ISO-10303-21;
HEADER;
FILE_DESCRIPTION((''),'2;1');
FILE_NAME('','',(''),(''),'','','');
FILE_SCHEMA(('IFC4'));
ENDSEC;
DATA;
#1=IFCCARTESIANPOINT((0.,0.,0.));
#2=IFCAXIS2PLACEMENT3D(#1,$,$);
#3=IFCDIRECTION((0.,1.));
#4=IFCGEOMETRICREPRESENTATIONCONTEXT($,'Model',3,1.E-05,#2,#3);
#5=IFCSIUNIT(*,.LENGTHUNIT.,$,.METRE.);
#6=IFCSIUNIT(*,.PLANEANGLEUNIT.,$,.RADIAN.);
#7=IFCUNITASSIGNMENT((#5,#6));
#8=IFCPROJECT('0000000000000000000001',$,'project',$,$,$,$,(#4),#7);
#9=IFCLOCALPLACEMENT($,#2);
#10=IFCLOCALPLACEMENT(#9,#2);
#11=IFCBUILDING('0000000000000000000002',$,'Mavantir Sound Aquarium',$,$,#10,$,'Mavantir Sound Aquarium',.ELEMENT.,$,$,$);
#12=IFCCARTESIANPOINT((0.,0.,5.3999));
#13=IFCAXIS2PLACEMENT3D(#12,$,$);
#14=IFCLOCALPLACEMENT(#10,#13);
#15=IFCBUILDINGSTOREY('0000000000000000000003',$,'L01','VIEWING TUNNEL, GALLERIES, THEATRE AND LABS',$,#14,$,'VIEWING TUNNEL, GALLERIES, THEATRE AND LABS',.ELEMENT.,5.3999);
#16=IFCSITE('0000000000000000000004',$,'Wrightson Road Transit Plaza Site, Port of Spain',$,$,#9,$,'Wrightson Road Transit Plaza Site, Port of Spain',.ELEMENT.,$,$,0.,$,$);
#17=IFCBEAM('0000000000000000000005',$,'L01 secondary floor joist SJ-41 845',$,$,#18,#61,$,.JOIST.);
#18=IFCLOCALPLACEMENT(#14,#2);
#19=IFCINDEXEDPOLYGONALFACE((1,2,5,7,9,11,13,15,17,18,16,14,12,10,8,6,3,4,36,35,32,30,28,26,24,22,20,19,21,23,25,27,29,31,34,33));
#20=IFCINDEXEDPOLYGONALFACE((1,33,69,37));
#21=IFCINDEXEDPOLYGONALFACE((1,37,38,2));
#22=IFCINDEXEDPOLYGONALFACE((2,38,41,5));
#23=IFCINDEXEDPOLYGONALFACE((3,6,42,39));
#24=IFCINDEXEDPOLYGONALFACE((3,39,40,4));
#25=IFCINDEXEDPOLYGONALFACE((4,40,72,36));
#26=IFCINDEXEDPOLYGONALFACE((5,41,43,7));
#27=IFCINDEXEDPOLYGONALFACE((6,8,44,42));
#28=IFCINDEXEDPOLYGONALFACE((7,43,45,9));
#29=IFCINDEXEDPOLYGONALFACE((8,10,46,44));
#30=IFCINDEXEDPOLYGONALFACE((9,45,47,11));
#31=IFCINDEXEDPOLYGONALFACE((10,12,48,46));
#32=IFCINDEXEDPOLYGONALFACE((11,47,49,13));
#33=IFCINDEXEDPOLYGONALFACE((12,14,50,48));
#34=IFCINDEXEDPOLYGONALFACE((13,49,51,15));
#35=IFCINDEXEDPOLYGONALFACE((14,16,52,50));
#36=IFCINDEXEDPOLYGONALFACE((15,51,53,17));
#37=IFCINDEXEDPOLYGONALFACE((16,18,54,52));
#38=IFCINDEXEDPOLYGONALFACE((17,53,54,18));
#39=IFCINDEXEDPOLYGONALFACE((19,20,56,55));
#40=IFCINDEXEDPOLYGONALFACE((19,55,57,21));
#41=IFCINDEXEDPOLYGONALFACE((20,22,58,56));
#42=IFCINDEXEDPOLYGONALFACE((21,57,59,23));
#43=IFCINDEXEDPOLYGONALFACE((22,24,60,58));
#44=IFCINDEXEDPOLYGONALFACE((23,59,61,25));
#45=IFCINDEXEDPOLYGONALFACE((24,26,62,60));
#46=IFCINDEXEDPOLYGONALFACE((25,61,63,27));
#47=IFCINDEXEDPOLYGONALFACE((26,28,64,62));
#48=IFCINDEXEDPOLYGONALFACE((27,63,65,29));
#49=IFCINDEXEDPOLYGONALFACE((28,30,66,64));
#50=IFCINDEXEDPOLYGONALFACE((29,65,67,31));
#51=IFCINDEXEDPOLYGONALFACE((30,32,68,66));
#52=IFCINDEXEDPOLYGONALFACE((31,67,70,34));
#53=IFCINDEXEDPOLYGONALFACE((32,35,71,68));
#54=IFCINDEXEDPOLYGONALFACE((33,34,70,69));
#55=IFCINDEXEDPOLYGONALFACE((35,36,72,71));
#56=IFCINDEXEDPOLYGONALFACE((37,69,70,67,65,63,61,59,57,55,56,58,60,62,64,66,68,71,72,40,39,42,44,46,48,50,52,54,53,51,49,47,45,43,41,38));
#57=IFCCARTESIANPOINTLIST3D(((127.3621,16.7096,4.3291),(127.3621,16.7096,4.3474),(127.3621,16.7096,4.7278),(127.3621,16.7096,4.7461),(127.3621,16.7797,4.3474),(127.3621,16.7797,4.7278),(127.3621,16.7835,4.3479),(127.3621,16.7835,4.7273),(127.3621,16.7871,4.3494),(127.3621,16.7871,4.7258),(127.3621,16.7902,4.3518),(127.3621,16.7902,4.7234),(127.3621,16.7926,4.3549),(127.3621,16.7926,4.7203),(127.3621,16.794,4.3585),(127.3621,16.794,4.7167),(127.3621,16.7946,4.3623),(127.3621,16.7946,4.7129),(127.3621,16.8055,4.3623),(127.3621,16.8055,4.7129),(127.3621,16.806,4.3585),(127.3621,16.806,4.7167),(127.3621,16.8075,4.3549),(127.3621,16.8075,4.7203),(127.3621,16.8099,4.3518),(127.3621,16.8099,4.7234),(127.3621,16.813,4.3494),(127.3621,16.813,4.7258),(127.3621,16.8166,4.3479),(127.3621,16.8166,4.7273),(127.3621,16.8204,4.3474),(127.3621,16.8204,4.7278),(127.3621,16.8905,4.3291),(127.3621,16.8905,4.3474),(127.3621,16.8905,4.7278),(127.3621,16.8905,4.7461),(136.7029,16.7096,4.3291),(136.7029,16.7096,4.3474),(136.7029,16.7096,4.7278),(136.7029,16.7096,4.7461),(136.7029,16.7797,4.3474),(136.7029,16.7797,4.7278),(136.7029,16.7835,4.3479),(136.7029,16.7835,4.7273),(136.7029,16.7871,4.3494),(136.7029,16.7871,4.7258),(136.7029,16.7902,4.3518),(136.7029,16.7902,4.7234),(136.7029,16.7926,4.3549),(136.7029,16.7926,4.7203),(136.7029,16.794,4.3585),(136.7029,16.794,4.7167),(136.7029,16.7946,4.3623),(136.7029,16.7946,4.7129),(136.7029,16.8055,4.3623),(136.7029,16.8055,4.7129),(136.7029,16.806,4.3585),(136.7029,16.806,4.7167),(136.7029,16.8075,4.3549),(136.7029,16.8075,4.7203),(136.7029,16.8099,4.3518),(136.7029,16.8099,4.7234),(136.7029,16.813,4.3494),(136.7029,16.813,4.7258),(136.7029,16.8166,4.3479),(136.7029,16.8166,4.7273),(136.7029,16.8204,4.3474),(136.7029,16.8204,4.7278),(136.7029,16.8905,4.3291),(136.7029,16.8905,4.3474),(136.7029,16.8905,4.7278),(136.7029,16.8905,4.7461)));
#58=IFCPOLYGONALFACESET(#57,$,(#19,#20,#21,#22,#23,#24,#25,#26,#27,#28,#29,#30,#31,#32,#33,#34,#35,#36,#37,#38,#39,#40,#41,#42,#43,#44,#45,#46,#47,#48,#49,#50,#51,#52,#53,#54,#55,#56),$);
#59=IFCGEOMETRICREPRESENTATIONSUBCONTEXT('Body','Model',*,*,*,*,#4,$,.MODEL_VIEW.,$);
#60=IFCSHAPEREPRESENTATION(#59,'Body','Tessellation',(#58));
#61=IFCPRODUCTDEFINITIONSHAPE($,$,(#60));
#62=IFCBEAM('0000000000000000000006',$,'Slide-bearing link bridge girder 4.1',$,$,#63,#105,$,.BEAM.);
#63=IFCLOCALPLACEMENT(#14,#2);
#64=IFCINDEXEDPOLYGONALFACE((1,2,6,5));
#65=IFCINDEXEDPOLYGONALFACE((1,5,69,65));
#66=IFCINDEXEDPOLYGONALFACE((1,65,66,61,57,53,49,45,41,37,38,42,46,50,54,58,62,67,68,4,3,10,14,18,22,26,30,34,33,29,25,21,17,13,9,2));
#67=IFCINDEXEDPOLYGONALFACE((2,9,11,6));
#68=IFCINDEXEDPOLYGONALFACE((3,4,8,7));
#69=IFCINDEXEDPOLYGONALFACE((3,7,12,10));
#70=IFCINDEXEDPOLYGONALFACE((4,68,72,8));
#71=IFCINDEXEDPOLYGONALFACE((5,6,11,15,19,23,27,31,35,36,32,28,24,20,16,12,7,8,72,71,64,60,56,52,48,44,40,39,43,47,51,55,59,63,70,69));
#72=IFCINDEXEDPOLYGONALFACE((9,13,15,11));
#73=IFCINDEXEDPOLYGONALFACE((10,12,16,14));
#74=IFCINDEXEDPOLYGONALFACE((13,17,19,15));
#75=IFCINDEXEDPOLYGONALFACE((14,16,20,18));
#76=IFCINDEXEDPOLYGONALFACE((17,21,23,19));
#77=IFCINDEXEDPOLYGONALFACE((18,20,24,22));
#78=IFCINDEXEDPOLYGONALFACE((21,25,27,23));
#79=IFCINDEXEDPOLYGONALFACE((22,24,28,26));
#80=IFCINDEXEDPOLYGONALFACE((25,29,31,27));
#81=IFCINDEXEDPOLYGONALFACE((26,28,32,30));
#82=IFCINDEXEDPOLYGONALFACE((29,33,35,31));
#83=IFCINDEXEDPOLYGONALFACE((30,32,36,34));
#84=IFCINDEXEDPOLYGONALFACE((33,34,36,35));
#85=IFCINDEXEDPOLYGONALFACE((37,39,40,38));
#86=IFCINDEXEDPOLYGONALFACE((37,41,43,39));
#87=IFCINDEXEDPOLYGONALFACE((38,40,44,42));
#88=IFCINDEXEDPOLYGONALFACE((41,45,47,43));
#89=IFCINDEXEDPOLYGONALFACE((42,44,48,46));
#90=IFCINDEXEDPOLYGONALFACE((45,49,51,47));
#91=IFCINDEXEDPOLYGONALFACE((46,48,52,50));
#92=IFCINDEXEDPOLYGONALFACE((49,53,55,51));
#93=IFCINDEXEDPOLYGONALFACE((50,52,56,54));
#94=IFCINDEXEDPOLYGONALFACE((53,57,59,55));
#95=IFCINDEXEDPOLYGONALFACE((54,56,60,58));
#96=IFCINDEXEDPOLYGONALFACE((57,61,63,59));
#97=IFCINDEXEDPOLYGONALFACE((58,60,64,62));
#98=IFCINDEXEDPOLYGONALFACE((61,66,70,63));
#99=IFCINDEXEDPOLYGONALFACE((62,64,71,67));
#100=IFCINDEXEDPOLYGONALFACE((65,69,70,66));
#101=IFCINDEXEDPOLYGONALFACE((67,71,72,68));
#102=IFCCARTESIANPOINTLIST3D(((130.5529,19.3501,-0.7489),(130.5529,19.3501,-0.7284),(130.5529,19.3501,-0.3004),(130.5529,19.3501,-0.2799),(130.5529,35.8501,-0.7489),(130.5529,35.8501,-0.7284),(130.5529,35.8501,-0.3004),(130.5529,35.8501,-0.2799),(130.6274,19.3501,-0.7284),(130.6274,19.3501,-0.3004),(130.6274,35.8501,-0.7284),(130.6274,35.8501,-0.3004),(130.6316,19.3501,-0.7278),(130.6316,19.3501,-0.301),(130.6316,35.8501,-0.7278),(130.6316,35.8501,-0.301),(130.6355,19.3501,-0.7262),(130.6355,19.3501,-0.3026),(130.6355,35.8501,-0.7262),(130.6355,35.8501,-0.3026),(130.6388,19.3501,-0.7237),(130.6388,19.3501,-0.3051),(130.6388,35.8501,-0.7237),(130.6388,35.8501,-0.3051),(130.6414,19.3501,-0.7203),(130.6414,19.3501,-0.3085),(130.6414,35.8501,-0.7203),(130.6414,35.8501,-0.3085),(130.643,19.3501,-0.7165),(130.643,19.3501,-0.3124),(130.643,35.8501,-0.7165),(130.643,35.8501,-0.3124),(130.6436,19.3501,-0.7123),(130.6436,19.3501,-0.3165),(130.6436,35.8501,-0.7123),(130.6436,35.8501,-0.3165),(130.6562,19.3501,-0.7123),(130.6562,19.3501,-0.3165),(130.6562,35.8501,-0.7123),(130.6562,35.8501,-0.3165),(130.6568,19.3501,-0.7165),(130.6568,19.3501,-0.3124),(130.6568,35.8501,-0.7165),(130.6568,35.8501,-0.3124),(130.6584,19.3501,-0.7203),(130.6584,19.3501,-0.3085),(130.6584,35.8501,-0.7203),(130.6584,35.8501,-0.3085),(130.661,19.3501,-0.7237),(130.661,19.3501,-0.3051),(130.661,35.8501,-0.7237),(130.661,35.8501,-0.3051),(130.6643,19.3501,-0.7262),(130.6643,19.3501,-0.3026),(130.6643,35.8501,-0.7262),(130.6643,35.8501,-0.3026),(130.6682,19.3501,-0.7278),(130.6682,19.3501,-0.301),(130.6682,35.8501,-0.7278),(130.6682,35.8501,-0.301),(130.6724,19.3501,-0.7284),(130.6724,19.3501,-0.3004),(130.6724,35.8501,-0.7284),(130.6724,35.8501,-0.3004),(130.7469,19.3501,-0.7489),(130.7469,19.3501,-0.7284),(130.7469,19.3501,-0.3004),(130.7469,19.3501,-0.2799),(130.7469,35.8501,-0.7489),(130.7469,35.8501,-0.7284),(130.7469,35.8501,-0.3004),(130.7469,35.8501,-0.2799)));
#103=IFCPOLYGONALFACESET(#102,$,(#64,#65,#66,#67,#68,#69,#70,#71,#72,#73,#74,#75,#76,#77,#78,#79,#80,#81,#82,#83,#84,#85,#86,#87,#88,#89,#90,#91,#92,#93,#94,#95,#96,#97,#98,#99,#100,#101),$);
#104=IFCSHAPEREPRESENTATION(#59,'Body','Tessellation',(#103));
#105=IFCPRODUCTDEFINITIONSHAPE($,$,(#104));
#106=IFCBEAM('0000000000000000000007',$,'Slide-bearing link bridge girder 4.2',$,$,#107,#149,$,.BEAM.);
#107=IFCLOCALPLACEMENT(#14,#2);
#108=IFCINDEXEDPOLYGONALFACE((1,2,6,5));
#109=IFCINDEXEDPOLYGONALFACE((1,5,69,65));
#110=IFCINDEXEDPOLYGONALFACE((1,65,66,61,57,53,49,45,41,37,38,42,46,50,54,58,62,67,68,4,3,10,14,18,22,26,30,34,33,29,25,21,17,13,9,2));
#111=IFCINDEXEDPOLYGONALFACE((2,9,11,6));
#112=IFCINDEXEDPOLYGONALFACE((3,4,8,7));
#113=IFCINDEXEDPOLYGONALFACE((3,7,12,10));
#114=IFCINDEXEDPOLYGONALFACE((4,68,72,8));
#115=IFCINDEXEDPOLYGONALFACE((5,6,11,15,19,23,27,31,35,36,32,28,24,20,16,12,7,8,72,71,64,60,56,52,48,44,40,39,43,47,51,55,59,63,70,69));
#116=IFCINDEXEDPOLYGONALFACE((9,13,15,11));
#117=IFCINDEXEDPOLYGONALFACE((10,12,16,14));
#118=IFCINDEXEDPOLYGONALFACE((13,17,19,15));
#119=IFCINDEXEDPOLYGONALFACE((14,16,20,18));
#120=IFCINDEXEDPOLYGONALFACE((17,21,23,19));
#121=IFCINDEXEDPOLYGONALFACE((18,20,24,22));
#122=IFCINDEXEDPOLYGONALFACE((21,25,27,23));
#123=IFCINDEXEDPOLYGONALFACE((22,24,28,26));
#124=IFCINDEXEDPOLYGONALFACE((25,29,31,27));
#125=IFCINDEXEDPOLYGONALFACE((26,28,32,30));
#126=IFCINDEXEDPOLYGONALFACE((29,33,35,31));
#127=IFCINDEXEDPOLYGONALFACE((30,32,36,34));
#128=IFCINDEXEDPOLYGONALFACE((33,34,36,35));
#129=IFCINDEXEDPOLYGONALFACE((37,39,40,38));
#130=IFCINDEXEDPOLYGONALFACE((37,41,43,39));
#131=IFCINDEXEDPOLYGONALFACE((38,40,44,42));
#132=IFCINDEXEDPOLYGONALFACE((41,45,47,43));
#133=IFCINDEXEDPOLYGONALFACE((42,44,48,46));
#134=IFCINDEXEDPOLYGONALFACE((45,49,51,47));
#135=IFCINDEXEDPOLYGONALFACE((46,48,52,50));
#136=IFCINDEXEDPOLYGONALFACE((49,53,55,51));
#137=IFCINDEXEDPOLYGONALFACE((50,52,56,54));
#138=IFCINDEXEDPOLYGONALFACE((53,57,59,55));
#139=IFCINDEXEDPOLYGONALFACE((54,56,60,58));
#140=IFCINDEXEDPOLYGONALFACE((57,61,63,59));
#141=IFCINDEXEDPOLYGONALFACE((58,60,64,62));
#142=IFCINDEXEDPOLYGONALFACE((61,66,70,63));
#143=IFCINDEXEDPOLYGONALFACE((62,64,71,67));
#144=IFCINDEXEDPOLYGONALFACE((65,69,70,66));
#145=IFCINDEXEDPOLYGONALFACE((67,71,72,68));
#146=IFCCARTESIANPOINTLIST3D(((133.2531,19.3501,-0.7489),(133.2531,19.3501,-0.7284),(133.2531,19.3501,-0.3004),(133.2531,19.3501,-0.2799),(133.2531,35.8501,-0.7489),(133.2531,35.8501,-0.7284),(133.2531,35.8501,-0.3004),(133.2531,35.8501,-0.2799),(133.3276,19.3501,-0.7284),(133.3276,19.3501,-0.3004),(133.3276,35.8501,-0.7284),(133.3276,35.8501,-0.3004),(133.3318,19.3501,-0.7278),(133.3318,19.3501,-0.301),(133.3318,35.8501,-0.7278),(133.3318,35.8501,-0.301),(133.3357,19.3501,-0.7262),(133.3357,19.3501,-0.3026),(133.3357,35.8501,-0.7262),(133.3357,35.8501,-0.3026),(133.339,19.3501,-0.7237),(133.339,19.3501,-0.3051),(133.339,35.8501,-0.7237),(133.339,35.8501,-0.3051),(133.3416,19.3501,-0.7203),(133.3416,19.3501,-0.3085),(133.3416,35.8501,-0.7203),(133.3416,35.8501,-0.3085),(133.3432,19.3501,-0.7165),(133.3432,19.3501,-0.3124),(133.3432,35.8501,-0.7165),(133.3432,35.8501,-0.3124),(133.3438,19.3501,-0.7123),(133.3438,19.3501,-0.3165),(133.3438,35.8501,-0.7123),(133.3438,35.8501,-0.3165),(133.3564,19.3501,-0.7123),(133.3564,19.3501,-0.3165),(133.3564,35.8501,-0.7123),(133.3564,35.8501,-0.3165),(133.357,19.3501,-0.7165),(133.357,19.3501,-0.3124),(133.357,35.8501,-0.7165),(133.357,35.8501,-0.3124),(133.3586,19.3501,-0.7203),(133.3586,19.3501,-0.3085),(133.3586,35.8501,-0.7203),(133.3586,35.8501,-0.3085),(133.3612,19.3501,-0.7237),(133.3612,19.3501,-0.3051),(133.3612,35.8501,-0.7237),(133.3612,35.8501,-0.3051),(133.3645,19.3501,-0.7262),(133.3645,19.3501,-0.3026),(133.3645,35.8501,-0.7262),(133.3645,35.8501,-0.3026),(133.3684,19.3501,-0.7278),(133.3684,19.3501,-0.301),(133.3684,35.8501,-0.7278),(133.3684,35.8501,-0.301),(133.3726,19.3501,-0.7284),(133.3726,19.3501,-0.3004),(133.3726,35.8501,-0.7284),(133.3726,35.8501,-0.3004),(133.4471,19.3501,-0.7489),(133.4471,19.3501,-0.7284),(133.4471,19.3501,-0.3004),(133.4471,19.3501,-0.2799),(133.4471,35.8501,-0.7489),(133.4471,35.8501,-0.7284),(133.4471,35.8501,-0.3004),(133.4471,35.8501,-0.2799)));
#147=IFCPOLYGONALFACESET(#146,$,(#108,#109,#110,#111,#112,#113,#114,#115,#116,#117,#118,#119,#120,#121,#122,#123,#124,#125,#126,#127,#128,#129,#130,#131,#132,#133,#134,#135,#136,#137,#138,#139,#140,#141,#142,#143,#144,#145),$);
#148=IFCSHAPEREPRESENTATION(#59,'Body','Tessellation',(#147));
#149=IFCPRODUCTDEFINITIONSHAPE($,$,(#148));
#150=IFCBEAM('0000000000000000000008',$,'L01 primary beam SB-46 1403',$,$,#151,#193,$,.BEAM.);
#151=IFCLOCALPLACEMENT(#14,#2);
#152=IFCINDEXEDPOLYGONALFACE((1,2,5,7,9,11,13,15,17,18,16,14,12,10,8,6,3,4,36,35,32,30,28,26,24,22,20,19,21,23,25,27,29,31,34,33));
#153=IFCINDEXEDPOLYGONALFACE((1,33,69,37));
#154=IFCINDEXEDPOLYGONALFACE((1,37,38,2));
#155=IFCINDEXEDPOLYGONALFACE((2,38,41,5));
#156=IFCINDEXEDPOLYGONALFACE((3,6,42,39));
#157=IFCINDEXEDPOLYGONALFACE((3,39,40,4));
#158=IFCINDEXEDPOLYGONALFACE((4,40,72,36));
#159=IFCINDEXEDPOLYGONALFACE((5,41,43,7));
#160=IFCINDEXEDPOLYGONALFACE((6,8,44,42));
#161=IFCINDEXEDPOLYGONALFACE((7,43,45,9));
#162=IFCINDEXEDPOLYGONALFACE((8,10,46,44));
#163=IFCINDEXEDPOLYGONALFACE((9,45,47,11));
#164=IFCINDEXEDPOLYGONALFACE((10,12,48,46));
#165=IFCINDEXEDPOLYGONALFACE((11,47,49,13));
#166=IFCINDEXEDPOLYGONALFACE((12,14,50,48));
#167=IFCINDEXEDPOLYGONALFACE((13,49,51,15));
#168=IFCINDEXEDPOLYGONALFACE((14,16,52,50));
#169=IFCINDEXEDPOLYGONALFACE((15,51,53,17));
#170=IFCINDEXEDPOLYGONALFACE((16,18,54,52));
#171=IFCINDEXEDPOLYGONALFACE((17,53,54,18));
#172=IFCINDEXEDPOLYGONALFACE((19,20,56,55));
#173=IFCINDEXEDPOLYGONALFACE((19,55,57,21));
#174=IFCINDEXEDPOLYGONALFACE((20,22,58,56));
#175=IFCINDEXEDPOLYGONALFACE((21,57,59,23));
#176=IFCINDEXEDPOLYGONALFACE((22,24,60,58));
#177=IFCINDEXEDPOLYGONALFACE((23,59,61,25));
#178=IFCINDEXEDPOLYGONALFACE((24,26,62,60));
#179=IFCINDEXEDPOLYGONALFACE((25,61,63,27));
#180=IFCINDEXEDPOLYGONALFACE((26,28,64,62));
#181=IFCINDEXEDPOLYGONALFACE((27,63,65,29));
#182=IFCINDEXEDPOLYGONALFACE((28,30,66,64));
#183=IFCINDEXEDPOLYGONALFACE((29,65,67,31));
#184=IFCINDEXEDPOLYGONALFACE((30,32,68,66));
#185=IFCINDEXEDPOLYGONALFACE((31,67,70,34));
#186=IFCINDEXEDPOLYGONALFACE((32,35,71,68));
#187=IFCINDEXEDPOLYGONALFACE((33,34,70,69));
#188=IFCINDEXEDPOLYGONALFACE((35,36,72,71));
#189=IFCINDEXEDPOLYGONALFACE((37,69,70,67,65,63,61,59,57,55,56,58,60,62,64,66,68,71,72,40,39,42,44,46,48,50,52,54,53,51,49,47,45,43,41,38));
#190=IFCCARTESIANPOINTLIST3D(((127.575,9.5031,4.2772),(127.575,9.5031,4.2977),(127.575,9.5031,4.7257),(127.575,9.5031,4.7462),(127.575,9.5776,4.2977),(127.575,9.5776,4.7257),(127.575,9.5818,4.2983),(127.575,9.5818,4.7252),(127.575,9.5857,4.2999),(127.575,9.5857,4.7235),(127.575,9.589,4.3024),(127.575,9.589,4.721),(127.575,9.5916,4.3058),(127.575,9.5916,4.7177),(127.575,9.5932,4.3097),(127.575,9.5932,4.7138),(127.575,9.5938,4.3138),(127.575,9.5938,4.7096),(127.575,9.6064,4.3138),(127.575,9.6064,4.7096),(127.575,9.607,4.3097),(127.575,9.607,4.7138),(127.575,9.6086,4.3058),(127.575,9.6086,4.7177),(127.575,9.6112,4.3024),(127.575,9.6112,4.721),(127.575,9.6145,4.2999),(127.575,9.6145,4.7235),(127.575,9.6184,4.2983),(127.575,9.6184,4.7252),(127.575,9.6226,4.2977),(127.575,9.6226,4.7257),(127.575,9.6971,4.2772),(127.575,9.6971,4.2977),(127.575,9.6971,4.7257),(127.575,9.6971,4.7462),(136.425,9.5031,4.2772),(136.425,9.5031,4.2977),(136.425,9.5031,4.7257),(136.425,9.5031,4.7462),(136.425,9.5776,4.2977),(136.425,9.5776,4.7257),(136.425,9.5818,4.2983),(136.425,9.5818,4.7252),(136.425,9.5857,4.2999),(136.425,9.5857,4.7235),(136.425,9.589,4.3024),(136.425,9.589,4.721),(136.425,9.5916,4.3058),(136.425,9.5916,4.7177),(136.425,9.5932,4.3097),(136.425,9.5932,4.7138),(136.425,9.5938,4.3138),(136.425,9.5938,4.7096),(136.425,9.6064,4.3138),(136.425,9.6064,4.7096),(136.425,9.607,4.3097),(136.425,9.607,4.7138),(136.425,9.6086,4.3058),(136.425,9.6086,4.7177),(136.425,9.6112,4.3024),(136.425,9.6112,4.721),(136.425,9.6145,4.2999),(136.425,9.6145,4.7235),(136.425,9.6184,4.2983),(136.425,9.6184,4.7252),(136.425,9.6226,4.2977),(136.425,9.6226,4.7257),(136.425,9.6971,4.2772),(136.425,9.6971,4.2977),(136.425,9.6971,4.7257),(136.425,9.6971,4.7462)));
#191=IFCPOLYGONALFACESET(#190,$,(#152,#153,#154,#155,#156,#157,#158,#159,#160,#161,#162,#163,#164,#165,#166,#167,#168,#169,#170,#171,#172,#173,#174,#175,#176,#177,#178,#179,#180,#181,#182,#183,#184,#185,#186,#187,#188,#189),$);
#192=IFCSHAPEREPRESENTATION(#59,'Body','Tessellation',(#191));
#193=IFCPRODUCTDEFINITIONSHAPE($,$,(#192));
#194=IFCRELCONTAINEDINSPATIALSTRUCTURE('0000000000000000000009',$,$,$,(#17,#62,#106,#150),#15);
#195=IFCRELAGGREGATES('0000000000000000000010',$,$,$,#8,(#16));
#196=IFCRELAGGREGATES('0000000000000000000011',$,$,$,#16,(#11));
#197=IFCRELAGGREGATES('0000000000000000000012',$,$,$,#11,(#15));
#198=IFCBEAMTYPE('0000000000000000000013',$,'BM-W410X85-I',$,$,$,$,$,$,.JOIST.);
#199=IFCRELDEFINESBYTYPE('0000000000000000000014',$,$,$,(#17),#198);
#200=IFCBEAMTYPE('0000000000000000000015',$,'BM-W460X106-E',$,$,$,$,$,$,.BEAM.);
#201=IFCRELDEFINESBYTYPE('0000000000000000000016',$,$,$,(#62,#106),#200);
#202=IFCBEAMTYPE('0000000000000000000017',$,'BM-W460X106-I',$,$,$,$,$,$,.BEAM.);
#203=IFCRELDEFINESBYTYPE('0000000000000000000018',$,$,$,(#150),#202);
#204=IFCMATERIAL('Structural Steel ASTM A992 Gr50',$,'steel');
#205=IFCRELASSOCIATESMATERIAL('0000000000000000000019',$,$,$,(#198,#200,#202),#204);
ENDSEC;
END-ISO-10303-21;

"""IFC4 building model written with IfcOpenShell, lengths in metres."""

from ifc_helpers import new_model, si_unit, direction, frame, origin, origin_2d, place, context, subcontext, project, spatial, i_section, extrude, material, material_profile, profile_set, type_object, element, save


model = new_model("IFC4")

# Units and contexts
model_context = context("Model", 3, precision=1e-05, world=origin(), true_north=direction((0.0, 1.0)))
body_context = subcontext(model_context, "Body", "Model", "MODEL_VIEW")
ifc_project = project(units=[si_unit("LENGTHUNIT", "METRE"), si_unit("PLANEANGLEUNIT", "RADIAN")], contexts=[model_context])

# Site, building, storey
site_placement = place(None, origin())
site = spatial("IfcSite", under=ifc_project, at=site_placement, Name="Wrightson Road Transit Plaza Site, Port of Spain", LongName="Wrightson Road Transit Plaza Site, Port of Spain", CompositionType="ELEMENT", RefElevation=0.0)
building_placement = place(site_placement, origin())
building = spatial("IfcBuilding", under=site, at=building_placement, Name="Mavantir Sound Aquarium", LongName="Mavantir Sound Aquarium", CompositionType="ELEMENT")
storey_placement = place(building_placement, frame((0.0, 0.0, 5.3999)))
storey = spatial("IfcBuildingStorey", under=building, at=storey_placement, Name="L01", Description="VIEWING TUNNEL, GALLERIES, THEATRE AND LABS", LongName="VIEWING TUNNEL, GALLERIES, THEATRE AND LABS", CompositionType="ELEMENT", Elevation=5.3999)

# Beams
ifc_material_1 = material(Name="Structural Steel ASTM A992 Gr50", Category="steel")
ifc_material_profile_1 = material_profile(ifc_material_1, i_section(OverallWidth=0.1809, OverallDepth=0.417, WebThickness=0.011, FlangeThickness=0.0183, FilletRadius=0.0149, at=origin_2d()), Name="W410X85")
ifc_profile_set_1 = profile_set([ifc_material_profile_1], Name="Structural Steel ASTM A992 Gr50")
beam_type_1 = type_object("IfcBeamType", Name="BM-W410X85-I", PredefinedType="JOIST", material=ifc_profile_set_1)
beam_1_placement = place(storey_placement, frame((127.3621, 16.8, 4.5376), z_axis=(1.0, 0.0, 0.0), x_axis=(0.0, 1.0, 0.0)))
element("IfcBeam", 1, at=beam_1_placement, inside=storey, type_object=beam_type_1, Name="L01 secondary floor joist SJ-41 845", PredefinedType="JOIST", context=body_context, shape_type="SweptSolid", body=[
    extrude(i_section(OverallWidth=0.1809, OverallDepth=0.417, WebThickness=0.011, FlangeThickness=0.0183, FilletRadius=0.0149, at=origin_2d()), origin(), (0.0, 0.0, 1.0), 9.3408),
])
ifc_material_profile_2 = material_profile(ifc_material_1, i_section(OverallWidth=0.1941, OverallDepth=0.469, WebThickness=0.0127, FlangeThickness=0.0205, FilletRadius=0.0161, at=origin_2d()), Name="W460X106")
ifc_profile_set_2 = profile_set([ifc_material_profile_2], Name="Structural Steel ASTM A992 Gr50")
beam_type_2 = type_object("IfcBeamType", Name="BM-W460X106-E", PredefinedType="BEAM", material=ifc_profile_set_2)
for number, where, z_axis, x_axis, name in (
    (2, (130.6499, 19.3501, -0.5144), (0.0, 1.0, 0.0), (-1.0, 0.0, 0.0), "Slide-bearing link bridge girder 4.1"),
    (3, (133.3501, 19.3501, -0.5144), (0.0, 1.0, 0.0), (-1.0, 0.0, 0.0), "Slide-bearing link bridge girder 4.2"),
):
    element("IfcBeam", number, at=place(storey_placement, frame(where, z_axis=z_axis, x_axis=x_axis)), inside=storey, type_object=beam_type_2, Name=name, PredefinedType="BEAM", context=body_context, shape_type="SweptSolid", body=[
        extrude(i_section(OverallWidth=0.1941, OverallDepth=0.469, WebThickness=0.0127, FlangeThickness=0.0205, FilletRadius=0.0161, at=origin_2d()), origin(), (0.0, 0.0, 1.0), 16.5),
    ])
ifc_material_profile_3 = material_profile(ifc_material_1, i_section(OverallWidth=0.1941, OverallDepth=0.469, WebThickness=0.0127, FlangeThickness=0.0205, FilletRadius=0.0161, at=origin_2d()), Name="W460X106")
ifc_profile_set_3 = profile_set([ifc_material_profile_3], Name="Structural Steel ASTM A992 Gr50")
beam_type_3 = type_object("IfcBeamType", Name="BM-W460X106-I", PredefinedType="BEAM", material=ifc_profile_set_3)
beam_2_placement = place(storey_placement, frame((127.575, 9.6001, 4.5117), z_axis=(1.0, 0.0, 0.0), x_axis=(0.0, 1.0, 0.0)))
element("IfcBeam", 4, at=beam_2_placement, inside=storey, type_object=beam_type_3, Name="L01 primary beam SB-46 1403", PredefinedType="BEAM", context=body_context, shape_type="SweptSolid", body=[
    extrude(i_section(OverallWidth=0.1941, OverallDepth=0.469, WebThickness=0.0127, FlangeThickness=0.0205, FilletRadius=0.0161, at=origin_2d()), origin(), (0.0, 0.0, 1.0), 8.8501),
])

save(model, "model.ifc")
